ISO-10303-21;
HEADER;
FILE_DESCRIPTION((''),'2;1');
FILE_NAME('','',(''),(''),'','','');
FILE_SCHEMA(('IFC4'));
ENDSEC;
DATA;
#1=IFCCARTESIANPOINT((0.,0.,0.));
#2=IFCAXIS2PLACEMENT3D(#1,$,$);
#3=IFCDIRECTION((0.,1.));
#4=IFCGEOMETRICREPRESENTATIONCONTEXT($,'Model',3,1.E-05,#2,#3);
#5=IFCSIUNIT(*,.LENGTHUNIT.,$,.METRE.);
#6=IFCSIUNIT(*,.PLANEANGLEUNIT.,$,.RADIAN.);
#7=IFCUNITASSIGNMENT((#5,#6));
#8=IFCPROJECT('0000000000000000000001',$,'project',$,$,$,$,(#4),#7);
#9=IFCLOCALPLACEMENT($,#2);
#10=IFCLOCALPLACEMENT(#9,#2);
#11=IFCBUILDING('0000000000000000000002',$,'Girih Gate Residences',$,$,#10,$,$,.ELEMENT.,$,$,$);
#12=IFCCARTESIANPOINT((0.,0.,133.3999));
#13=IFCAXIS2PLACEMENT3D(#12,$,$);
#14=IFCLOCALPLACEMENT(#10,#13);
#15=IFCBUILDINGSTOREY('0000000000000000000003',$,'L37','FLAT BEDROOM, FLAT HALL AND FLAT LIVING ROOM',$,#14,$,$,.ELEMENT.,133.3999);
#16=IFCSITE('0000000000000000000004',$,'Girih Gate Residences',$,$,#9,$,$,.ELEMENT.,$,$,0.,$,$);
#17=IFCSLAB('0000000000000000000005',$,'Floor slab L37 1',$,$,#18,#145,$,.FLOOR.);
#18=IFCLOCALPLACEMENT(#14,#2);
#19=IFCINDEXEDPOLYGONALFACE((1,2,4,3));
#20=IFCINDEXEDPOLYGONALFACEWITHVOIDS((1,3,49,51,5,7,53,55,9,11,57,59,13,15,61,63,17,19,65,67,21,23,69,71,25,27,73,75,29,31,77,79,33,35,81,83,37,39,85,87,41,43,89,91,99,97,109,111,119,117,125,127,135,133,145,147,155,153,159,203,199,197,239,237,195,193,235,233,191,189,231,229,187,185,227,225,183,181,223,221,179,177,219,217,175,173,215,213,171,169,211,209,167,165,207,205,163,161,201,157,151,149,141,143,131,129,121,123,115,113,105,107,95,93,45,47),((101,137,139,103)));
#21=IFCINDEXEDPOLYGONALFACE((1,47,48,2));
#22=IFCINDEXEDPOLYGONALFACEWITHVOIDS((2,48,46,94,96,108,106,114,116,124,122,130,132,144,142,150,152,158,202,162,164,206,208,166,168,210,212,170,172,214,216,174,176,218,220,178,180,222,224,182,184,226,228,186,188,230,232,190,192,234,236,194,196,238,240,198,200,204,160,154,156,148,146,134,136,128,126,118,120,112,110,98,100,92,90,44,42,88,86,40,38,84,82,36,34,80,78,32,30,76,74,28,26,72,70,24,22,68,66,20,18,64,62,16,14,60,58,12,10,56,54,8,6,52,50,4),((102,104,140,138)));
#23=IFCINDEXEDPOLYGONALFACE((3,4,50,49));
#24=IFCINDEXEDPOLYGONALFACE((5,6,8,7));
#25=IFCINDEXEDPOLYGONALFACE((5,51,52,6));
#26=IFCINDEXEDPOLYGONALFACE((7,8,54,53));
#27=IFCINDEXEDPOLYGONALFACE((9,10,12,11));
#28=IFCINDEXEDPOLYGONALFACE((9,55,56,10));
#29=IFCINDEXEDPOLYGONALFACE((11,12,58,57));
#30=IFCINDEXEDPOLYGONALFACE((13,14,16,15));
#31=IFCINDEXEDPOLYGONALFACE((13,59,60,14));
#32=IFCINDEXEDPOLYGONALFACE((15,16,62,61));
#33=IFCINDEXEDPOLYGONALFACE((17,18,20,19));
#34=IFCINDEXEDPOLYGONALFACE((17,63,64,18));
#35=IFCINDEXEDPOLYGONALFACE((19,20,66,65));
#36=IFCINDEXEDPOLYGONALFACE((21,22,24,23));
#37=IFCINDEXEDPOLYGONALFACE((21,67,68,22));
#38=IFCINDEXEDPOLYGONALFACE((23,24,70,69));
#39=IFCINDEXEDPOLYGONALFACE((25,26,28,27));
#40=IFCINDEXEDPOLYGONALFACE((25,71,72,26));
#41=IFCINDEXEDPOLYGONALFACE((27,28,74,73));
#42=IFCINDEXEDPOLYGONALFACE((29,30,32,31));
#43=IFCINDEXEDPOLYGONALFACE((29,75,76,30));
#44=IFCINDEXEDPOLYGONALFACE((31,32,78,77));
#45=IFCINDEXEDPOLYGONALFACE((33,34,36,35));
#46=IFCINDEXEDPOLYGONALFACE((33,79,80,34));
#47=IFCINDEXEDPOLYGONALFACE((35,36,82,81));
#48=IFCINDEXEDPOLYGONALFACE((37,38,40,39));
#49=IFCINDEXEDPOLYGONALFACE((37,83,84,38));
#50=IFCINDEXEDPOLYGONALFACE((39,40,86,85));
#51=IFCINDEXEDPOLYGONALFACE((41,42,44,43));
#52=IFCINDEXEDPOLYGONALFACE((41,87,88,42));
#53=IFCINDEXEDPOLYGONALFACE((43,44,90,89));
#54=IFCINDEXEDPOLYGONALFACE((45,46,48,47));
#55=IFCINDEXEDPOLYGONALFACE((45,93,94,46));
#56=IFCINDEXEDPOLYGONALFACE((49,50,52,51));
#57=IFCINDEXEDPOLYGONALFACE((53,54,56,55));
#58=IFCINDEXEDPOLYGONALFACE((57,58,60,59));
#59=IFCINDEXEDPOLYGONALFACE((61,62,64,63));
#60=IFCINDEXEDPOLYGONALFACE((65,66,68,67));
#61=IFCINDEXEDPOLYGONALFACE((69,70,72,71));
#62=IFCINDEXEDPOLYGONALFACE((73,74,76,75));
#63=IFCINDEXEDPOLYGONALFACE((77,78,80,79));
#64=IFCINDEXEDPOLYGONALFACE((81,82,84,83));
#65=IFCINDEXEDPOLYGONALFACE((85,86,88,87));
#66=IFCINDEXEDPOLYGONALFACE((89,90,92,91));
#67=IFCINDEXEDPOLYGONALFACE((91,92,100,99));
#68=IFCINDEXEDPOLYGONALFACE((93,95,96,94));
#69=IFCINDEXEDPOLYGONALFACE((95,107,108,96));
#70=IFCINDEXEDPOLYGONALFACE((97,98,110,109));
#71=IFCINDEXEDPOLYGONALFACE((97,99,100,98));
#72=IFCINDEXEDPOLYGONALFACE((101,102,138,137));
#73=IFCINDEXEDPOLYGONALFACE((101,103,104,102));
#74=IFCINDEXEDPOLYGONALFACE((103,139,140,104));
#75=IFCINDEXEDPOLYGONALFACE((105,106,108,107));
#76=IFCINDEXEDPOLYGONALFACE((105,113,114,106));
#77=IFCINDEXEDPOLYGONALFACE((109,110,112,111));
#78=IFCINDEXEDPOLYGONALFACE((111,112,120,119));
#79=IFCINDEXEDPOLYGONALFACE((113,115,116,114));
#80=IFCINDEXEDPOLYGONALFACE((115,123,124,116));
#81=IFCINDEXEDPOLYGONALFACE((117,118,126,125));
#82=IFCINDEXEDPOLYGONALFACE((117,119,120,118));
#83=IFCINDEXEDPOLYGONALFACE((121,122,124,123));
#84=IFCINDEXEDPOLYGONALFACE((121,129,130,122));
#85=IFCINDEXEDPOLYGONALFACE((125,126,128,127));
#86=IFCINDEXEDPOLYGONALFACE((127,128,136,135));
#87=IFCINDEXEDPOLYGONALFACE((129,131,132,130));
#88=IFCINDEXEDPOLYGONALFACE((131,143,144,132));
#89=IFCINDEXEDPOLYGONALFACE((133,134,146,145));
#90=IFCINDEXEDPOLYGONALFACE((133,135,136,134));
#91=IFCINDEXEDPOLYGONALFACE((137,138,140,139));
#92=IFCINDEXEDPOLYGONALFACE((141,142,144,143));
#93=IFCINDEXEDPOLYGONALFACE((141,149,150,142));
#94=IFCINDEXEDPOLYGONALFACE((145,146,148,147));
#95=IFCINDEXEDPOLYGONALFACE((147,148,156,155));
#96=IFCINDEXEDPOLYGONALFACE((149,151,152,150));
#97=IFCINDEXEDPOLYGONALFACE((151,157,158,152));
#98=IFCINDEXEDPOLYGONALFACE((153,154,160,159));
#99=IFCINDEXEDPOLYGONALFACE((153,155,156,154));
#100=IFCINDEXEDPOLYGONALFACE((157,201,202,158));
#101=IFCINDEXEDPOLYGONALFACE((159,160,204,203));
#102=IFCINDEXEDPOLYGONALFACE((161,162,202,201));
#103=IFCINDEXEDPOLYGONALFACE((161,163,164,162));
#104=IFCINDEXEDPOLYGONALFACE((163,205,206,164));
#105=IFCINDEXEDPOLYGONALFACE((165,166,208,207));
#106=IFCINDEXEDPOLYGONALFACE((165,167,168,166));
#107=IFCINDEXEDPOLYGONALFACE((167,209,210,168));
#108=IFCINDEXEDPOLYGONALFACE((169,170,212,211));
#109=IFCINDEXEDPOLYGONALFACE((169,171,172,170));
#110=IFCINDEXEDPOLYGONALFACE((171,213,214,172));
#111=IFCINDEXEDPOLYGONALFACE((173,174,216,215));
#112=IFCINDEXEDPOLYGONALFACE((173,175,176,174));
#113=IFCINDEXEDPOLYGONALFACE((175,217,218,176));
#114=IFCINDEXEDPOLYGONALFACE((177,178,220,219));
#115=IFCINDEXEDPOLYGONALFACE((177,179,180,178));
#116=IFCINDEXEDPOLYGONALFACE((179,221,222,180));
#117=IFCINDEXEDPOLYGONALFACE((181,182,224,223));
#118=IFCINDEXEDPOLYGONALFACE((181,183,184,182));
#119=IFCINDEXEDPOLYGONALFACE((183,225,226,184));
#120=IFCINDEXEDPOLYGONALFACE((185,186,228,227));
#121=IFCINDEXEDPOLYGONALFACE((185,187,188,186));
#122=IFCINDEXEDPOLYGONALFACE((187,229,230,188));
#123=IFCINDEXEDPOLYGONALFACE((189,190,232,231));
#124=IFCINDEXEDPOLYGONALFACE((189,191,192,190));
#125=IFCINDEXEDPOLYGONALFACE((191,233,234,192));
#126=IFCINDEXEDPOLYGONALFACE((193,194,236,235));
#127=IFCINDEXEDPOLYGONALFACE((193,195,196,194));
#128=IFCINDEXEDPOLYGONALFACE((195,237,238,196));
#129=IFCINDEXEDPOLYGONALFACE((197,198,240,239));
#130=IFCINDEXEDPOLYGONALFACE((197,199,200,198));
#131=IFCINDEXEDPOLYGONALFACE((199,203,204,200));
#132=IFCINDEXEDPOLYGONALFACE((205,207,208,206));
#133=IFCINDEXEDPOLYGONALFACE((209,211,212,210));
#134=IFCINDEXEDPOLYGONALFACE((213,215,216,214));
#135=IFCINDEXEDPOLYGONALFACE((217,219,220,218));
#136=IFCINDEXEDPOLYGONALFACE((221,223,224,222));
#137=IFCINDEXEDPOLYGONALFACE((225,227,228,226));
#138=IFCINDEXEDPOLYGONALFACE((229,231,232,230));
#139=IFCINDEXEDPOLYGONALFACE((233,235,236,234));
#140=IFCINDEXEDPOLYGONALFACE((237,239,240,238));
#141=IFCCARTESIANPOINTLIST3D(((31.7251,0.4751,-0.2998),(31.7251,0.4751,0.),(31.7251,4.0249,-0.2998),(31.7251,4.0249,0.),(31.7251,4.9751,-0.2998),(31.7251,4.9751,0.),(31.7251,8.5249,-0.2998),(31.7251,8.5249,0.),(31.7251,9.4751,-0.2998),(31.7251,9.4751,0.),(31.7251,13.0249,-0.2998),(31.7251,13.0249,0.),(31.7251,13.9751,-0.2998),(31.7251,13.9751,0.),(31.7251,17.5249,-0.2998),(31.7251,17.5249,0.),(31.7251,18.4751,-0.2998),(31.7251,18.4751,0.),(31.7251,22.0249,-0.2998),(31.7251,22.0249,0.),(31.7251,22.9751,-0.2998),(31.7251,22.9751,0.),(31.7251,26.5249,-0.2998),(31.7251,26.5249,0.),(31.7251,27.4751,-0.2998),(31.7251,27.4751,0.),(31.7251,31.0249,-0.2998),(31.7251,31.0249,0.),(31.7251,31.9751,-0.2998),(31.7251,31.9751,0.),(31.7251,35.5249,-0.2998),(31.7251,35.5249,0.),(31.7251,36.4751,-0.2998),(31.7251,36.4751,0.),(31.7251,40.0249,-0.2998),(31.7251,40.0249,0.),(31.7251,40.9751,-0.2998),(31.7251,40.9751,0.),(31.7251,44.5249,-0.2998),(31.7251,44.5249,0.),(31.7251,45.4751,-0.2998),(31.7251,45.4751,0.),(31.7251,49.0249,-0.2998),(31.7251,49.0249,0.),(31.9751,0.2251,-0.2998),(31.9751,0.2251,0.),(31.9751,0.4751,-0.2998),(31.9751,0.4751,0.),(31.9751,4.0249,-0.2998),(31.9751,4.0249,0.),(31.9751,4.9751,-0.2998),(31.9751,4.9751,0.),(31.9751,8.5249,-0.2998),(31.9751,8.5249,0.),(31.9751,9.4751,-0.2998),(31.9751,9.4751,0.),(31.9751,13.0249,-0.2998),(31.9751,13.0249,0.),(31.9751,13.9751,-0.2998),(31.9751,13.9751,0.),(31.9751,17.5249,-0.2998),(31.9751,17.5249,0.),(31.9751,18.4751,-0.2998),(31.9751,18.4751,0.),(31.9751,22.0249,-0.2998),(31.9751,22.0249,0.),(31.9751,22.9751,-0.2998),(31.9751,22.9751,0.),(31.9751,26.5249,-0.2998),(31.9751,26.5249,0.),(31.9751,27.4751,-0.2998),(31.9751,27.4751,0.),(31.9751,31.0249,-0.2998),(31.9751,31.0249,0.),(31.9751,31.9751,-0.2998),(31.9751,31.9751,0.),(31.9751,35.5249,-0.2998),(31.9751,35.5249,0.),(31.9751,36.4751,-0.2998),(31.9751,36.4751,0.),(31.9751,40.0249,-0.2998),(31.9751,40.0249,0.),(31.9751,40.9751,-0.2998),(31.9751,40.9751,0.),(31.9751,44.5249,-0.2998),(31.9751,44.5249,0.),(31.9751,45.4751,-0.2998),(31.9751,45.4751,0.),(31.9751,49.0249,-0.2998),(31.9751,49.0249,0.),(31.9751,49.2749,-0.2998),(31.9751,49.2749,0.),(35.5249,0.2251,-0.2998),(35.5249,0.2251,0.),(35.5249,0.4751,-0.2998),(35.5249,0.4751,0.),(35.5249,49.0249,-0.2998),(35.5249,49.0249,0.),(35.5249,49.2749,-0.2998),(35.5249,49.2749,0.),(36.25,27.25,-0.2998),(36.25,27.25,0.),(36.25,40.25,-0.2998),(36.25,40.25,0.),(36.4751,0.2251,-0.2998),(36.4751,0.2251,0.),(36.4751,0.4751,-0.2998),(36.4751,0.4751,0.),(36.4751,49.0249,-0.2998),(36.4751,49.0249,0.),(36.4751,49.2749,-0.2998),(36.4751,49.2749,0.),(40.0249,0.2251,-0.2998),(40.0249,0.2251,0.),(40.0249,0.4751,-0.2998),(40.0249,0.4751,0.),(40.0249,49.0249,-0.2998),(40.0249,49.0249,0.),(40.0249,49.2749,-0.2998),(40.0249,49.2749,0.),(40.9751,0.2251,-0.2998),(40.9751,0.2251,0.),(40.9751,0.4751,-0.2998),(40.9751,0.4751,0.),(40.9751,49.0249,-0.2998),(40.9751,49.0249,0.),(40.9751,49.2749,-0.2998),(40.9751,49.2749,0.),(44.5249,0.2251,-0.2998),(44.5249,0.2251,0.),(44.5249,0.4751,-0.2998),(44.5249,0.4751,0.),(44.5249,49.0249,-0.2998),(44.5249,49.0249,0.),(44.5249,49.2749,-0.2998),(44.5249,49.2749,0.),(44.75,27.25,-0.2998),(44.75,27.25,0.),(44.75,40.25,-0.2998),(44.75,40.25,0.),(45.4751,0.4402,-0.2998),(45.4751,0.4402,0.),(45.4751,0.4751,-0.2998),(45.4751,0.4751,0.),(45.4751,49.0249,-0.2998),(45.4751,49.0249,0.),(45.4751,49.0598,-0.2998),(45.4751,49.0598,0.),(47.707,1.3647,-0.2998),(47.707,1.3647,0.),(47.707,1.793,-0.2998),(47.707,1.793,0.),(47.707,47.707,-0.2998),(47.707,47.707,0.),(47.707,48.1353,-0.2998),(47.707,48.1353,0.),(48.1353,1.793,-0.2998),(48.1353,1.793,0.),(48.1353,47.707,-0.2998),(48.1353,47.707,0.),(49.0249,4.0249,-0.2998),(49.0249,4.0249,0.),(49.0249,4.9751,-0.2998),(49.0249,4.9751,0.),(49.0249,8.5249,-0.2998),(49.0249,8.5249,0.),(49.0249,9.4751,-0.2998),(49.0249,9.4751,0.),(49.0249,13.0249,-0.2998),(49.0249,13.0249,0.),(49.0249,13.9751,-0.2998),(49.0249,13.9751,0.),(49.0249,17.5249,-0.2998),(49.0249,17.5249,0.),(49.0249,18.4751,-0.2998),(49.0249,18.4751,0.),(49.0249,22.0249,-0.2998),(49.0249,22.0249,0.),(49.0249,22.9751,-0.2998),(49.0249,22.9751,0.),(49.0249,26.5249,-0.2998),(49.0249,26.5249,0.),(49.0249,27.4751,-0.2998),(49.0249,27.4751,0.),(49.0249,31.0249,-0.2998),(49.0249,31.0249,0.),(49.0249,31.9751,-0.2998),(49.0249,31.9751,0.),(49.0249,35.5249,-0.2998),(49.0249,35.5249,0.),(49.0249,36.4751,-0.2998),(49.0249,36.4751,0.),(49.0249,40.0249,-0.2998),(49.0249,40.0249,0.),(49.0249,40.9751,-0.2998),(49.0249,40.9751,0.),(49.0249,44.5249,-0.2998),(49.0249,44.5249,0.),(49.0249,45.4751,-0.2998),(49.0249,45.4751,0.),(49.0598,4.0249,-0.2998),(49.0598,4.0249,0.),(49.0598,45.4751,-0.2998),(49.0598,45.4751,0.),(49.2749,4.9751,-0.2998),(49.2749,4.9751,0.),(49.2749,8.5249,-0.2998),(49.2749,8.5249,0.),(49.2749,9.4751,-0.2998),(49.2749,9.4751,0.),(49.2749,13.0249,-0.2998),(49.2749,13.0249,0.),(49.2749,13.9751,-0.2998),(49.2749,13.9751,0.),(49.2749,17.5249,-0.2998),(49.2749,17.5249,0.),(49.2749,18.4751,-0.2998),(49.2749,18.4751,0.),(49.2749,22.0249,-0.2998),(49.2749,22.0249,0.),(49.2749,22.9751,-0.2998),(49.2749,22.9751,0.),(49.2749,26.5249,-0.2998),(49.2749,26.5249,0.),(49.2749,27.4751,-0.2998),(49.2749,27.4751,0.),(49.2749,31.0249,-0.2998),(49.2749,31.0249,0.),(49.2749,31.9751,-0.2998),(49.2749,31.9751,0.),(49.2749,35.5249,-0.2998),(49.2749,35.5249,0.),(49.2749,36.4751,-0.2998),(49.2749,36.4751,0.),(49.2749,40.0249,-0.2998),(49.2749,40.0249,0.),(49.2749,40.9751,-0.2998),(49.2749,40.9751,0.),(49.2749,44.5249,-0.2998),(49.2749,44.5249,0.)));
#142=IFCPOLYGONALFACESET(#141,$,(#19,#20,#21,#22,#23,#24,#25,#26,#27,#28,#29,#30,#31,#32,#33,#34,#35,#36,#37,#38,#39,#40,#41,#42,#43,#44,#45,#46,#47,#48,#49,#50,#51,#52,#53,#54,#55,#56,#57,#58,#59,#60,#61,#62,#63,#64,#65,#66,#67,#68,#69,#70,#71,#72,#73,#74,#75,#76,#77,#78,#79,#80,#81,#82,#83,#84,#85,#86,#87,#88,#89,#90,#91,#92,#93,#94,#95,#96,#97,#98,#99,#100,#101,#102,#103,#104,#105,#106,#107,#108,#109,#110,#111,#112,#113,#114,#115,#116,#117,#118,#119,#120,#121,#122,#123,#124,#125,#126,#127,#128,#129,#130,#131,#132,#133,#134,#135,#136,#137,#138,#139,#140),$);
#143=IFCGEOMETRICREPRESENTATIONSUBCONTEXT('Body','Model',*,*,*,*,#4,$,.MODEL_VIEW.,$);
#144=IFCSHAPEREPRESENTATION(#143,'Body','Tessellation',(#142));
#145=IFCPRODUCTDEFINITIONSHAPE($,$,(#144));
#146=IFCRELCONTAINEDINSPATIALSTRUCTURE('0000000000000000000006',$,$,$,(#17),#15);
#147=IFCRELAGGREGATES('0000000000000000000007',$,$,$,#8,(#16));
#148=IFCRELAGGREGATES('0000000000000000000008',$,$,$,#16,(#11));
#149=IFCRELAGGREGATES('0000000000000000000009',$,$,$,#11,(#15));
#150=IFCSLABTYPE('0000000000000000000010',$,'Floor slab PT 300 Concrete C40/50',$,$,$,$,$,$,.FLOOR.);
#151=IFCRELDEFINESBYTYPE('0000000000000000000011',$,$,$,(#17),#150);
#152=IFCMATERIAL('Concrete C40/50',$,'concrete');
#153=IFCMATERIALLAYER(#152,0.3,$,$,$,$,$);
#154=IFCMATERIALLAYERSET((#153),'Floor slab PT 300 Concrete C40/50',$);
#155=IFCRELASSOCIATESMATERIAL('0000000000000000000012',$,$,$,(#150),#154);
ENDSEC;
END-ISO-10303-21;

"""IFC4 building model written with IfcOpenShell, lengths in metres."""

from ifc_helpers import new_model, si_unit, direction, frame, origin, place, context, subcontext, project, spatial, polyline, outline, extrude, material, layer, layer_set, type_object, element, save


model = new_model("IFC4")

# Units and contexts
model_context = context("Model", 3, precision=1e-05, world=origin(), true_north=direction((0.0, 1.0)))
body_context = subcontext(model_context, "Body", "Model", "MODEL_VIEW")
ifc_project = project(units=[si_unit("LENGTHUNIT", "METRE"), si_unit("PLANEANGLEUNIT", "RADIAN")], contexts=[model_context])

# Site, building, storey
site_placement = place(None, origin())
site = spatial("IfcSite", under=ifc_project, at=site_placement, Name="Girih Gate Residences", CompositionType="ELEMENT", RefElevation=0.0)
building_placement = place(site_placement, origin())
building = spatial("IfcBuilding", under=site, at=building_placement, Name="Girih Gate Residences", CompositionType="ELEMENT")
storey_placement = place(building_placement, frame((0.0, 0.0, 133.3999)))
storey = spatial("IfcBuildingStorey", under=building, at=storey_placement, Name="L37", Description="FLAT BEDROOM, FLAT HALL AND FLAT LIVING ROOM", CompositionType="ELEMENT", Elevation=133.3999)

# Slab
ifc_material_1 = material(Name="Concrete C40/50", Category="concrete")
ifc_layer_1 = layer(ifc_material_1, 0.3)
ifc_layer_set_1 = layer_set([ifc_layer_1], Name="Floor slab PT 300 Concrete C40/50")
slab_type_1 = type_object("IfcSlabType", Name="Floor slab PT 300 Concrete C40/50", PredefinedType="FLOOR", material=ifc_layer_set_1)
slab_1_placement = place(storey_placement, frame((0.0, 0.0, -0.2998)))
element("IfcSlab", 1, at=slab_1_placement, inside=storey, type_object=slab_type_1, Name="Floor slab L37 1", PredefinedType="FLOOR", context=body_context, shape_type="SweptSolid", body=[
    extrude(outline(polyline([(35.5249, 49.2749), (31.9751, 49.2749), (31.9751, 49.0249), (31.7251, 49.0249), (31.7251, 45.4751), (31.9751, 45.4751), (31.9751, 44.5249), (31.7251, 44.5249), (31.7251, 40.9751), (31.9751, 40.9751), (31.9751, 40.0249), (31.7251, 40.0249), (31.7251, 36.4751), (31.9751, 36.4751), (31.9751, 35.5249), (31.7251, 35.5249), (31.7251, 31.9751), (31.9751, 31.9751), (31.9751, 31.0249), (31.7251, 31.0249), (31.7251, 27.4751), (31.9751, 27.4751), (31.9751, 26.5249), (31.7251, 26.5249), (31.7251, 22.9751), (31.9751, 22.9751), (31.9751, 22.0249), (31.7251, 22.0249), (31.7251, 18.4751), (31.9751, 18.4751), (31.9751, 17.5249), (31.7251, 17.5249), (31.7251, 13.9751), (31.9751, 13.9751), (31.9751, 13.0249), (31.7251, 13.0249), (31.7251, 9.4751), (31.9751, 9.4751), (31.9751, 8.5249), (31.7251, 8.5249), (31.7251, 4.9751), (31.9751, 4.9751), (31.9751, 4.0249), (31.7251, 4.0249), (31.7251, 0.4751), (31.9751, 0.4751), (31.9751, 0.2251), (35.5249, 0.2251), (35.5249, 0.4751), (36.4751, 0.4751), (36.4751, 0.2251), (40.0249, 0.2251), (40.0249, 0.4751), (40.9751, 0.4751), (40.9751, 0.2251), (44.5249, 0.2251), (44.5249, 0.4751), (45.4751, 0.4751), (45.4751, 0.4402), (47.707, 1.3647), (47.707, 1.793), (48.1353, 1.793), (49.0598, 4.0249), (49.0249, 4.0249), (49.0249, 4.9751), (49.2749, 4.9751), (49.2749, 8.5249), (49.0249, 8.5249), (49.0249, 9.4751), (49.2749, 9.4751), (49.2749, 13.0249), (49.0249, 13.0249), (49.0249, 13.9751), (49.2749, 13.9751), (49.2749, 17.5249), (49.0249, 17.5249), (49.0249, 18.4751), (49.2749, 18.4751), (49.2749, 22.0249), (49.0249, 22.0249), (49.0249, 22.9751), (49.2749, 22.9751), (49.2749, 26.5249), (49.0249, 26.5249), (49.0249, 27.4751), (49.2749, 27.4751), (49.2749, 31.0249), (49.0249, 31.0249), (49.0249, 31.9751), (49.2749, 31.9751), (49.2749, 35.5249), (49.0249, 35.5249), (49.0249, 36.4751), (49.2749, 36.4751), (49.2749, 40.0249), (49.0249, 40.0249), (49.0249, 40.9751), (49.2749, 40.9751), (49.2749, 44.5249), (49.0249, 44.5249), (49.0249, 45.4751), (49.0598, 45.4751), (48.1353, 47.707), (47.707, 47.707), (47.707, 48.1353), (45.4751, 49.0598), (45.4751, 49.0249), (44.5249, 49.0249), (44.5249, 49.2749), (40.9751, 49.2749), (40.9751, 49.0249), (40.0249, 49.0249), (40.0249, 49.2749), (36.4751, 49.2749), (36.4751, 49.0249), (35.5249, 49.0249), (35.5249, 49.2749)]), holes=[polyline([(44.75, 40.25), (44.75, 27.25), (36.25, 27.25), (36.25, 40.25), (44.75, 40.25)])]), origin(), (0.0, 0.0, 1.0), 0.2998),
])

save(model, "model.ifc")
